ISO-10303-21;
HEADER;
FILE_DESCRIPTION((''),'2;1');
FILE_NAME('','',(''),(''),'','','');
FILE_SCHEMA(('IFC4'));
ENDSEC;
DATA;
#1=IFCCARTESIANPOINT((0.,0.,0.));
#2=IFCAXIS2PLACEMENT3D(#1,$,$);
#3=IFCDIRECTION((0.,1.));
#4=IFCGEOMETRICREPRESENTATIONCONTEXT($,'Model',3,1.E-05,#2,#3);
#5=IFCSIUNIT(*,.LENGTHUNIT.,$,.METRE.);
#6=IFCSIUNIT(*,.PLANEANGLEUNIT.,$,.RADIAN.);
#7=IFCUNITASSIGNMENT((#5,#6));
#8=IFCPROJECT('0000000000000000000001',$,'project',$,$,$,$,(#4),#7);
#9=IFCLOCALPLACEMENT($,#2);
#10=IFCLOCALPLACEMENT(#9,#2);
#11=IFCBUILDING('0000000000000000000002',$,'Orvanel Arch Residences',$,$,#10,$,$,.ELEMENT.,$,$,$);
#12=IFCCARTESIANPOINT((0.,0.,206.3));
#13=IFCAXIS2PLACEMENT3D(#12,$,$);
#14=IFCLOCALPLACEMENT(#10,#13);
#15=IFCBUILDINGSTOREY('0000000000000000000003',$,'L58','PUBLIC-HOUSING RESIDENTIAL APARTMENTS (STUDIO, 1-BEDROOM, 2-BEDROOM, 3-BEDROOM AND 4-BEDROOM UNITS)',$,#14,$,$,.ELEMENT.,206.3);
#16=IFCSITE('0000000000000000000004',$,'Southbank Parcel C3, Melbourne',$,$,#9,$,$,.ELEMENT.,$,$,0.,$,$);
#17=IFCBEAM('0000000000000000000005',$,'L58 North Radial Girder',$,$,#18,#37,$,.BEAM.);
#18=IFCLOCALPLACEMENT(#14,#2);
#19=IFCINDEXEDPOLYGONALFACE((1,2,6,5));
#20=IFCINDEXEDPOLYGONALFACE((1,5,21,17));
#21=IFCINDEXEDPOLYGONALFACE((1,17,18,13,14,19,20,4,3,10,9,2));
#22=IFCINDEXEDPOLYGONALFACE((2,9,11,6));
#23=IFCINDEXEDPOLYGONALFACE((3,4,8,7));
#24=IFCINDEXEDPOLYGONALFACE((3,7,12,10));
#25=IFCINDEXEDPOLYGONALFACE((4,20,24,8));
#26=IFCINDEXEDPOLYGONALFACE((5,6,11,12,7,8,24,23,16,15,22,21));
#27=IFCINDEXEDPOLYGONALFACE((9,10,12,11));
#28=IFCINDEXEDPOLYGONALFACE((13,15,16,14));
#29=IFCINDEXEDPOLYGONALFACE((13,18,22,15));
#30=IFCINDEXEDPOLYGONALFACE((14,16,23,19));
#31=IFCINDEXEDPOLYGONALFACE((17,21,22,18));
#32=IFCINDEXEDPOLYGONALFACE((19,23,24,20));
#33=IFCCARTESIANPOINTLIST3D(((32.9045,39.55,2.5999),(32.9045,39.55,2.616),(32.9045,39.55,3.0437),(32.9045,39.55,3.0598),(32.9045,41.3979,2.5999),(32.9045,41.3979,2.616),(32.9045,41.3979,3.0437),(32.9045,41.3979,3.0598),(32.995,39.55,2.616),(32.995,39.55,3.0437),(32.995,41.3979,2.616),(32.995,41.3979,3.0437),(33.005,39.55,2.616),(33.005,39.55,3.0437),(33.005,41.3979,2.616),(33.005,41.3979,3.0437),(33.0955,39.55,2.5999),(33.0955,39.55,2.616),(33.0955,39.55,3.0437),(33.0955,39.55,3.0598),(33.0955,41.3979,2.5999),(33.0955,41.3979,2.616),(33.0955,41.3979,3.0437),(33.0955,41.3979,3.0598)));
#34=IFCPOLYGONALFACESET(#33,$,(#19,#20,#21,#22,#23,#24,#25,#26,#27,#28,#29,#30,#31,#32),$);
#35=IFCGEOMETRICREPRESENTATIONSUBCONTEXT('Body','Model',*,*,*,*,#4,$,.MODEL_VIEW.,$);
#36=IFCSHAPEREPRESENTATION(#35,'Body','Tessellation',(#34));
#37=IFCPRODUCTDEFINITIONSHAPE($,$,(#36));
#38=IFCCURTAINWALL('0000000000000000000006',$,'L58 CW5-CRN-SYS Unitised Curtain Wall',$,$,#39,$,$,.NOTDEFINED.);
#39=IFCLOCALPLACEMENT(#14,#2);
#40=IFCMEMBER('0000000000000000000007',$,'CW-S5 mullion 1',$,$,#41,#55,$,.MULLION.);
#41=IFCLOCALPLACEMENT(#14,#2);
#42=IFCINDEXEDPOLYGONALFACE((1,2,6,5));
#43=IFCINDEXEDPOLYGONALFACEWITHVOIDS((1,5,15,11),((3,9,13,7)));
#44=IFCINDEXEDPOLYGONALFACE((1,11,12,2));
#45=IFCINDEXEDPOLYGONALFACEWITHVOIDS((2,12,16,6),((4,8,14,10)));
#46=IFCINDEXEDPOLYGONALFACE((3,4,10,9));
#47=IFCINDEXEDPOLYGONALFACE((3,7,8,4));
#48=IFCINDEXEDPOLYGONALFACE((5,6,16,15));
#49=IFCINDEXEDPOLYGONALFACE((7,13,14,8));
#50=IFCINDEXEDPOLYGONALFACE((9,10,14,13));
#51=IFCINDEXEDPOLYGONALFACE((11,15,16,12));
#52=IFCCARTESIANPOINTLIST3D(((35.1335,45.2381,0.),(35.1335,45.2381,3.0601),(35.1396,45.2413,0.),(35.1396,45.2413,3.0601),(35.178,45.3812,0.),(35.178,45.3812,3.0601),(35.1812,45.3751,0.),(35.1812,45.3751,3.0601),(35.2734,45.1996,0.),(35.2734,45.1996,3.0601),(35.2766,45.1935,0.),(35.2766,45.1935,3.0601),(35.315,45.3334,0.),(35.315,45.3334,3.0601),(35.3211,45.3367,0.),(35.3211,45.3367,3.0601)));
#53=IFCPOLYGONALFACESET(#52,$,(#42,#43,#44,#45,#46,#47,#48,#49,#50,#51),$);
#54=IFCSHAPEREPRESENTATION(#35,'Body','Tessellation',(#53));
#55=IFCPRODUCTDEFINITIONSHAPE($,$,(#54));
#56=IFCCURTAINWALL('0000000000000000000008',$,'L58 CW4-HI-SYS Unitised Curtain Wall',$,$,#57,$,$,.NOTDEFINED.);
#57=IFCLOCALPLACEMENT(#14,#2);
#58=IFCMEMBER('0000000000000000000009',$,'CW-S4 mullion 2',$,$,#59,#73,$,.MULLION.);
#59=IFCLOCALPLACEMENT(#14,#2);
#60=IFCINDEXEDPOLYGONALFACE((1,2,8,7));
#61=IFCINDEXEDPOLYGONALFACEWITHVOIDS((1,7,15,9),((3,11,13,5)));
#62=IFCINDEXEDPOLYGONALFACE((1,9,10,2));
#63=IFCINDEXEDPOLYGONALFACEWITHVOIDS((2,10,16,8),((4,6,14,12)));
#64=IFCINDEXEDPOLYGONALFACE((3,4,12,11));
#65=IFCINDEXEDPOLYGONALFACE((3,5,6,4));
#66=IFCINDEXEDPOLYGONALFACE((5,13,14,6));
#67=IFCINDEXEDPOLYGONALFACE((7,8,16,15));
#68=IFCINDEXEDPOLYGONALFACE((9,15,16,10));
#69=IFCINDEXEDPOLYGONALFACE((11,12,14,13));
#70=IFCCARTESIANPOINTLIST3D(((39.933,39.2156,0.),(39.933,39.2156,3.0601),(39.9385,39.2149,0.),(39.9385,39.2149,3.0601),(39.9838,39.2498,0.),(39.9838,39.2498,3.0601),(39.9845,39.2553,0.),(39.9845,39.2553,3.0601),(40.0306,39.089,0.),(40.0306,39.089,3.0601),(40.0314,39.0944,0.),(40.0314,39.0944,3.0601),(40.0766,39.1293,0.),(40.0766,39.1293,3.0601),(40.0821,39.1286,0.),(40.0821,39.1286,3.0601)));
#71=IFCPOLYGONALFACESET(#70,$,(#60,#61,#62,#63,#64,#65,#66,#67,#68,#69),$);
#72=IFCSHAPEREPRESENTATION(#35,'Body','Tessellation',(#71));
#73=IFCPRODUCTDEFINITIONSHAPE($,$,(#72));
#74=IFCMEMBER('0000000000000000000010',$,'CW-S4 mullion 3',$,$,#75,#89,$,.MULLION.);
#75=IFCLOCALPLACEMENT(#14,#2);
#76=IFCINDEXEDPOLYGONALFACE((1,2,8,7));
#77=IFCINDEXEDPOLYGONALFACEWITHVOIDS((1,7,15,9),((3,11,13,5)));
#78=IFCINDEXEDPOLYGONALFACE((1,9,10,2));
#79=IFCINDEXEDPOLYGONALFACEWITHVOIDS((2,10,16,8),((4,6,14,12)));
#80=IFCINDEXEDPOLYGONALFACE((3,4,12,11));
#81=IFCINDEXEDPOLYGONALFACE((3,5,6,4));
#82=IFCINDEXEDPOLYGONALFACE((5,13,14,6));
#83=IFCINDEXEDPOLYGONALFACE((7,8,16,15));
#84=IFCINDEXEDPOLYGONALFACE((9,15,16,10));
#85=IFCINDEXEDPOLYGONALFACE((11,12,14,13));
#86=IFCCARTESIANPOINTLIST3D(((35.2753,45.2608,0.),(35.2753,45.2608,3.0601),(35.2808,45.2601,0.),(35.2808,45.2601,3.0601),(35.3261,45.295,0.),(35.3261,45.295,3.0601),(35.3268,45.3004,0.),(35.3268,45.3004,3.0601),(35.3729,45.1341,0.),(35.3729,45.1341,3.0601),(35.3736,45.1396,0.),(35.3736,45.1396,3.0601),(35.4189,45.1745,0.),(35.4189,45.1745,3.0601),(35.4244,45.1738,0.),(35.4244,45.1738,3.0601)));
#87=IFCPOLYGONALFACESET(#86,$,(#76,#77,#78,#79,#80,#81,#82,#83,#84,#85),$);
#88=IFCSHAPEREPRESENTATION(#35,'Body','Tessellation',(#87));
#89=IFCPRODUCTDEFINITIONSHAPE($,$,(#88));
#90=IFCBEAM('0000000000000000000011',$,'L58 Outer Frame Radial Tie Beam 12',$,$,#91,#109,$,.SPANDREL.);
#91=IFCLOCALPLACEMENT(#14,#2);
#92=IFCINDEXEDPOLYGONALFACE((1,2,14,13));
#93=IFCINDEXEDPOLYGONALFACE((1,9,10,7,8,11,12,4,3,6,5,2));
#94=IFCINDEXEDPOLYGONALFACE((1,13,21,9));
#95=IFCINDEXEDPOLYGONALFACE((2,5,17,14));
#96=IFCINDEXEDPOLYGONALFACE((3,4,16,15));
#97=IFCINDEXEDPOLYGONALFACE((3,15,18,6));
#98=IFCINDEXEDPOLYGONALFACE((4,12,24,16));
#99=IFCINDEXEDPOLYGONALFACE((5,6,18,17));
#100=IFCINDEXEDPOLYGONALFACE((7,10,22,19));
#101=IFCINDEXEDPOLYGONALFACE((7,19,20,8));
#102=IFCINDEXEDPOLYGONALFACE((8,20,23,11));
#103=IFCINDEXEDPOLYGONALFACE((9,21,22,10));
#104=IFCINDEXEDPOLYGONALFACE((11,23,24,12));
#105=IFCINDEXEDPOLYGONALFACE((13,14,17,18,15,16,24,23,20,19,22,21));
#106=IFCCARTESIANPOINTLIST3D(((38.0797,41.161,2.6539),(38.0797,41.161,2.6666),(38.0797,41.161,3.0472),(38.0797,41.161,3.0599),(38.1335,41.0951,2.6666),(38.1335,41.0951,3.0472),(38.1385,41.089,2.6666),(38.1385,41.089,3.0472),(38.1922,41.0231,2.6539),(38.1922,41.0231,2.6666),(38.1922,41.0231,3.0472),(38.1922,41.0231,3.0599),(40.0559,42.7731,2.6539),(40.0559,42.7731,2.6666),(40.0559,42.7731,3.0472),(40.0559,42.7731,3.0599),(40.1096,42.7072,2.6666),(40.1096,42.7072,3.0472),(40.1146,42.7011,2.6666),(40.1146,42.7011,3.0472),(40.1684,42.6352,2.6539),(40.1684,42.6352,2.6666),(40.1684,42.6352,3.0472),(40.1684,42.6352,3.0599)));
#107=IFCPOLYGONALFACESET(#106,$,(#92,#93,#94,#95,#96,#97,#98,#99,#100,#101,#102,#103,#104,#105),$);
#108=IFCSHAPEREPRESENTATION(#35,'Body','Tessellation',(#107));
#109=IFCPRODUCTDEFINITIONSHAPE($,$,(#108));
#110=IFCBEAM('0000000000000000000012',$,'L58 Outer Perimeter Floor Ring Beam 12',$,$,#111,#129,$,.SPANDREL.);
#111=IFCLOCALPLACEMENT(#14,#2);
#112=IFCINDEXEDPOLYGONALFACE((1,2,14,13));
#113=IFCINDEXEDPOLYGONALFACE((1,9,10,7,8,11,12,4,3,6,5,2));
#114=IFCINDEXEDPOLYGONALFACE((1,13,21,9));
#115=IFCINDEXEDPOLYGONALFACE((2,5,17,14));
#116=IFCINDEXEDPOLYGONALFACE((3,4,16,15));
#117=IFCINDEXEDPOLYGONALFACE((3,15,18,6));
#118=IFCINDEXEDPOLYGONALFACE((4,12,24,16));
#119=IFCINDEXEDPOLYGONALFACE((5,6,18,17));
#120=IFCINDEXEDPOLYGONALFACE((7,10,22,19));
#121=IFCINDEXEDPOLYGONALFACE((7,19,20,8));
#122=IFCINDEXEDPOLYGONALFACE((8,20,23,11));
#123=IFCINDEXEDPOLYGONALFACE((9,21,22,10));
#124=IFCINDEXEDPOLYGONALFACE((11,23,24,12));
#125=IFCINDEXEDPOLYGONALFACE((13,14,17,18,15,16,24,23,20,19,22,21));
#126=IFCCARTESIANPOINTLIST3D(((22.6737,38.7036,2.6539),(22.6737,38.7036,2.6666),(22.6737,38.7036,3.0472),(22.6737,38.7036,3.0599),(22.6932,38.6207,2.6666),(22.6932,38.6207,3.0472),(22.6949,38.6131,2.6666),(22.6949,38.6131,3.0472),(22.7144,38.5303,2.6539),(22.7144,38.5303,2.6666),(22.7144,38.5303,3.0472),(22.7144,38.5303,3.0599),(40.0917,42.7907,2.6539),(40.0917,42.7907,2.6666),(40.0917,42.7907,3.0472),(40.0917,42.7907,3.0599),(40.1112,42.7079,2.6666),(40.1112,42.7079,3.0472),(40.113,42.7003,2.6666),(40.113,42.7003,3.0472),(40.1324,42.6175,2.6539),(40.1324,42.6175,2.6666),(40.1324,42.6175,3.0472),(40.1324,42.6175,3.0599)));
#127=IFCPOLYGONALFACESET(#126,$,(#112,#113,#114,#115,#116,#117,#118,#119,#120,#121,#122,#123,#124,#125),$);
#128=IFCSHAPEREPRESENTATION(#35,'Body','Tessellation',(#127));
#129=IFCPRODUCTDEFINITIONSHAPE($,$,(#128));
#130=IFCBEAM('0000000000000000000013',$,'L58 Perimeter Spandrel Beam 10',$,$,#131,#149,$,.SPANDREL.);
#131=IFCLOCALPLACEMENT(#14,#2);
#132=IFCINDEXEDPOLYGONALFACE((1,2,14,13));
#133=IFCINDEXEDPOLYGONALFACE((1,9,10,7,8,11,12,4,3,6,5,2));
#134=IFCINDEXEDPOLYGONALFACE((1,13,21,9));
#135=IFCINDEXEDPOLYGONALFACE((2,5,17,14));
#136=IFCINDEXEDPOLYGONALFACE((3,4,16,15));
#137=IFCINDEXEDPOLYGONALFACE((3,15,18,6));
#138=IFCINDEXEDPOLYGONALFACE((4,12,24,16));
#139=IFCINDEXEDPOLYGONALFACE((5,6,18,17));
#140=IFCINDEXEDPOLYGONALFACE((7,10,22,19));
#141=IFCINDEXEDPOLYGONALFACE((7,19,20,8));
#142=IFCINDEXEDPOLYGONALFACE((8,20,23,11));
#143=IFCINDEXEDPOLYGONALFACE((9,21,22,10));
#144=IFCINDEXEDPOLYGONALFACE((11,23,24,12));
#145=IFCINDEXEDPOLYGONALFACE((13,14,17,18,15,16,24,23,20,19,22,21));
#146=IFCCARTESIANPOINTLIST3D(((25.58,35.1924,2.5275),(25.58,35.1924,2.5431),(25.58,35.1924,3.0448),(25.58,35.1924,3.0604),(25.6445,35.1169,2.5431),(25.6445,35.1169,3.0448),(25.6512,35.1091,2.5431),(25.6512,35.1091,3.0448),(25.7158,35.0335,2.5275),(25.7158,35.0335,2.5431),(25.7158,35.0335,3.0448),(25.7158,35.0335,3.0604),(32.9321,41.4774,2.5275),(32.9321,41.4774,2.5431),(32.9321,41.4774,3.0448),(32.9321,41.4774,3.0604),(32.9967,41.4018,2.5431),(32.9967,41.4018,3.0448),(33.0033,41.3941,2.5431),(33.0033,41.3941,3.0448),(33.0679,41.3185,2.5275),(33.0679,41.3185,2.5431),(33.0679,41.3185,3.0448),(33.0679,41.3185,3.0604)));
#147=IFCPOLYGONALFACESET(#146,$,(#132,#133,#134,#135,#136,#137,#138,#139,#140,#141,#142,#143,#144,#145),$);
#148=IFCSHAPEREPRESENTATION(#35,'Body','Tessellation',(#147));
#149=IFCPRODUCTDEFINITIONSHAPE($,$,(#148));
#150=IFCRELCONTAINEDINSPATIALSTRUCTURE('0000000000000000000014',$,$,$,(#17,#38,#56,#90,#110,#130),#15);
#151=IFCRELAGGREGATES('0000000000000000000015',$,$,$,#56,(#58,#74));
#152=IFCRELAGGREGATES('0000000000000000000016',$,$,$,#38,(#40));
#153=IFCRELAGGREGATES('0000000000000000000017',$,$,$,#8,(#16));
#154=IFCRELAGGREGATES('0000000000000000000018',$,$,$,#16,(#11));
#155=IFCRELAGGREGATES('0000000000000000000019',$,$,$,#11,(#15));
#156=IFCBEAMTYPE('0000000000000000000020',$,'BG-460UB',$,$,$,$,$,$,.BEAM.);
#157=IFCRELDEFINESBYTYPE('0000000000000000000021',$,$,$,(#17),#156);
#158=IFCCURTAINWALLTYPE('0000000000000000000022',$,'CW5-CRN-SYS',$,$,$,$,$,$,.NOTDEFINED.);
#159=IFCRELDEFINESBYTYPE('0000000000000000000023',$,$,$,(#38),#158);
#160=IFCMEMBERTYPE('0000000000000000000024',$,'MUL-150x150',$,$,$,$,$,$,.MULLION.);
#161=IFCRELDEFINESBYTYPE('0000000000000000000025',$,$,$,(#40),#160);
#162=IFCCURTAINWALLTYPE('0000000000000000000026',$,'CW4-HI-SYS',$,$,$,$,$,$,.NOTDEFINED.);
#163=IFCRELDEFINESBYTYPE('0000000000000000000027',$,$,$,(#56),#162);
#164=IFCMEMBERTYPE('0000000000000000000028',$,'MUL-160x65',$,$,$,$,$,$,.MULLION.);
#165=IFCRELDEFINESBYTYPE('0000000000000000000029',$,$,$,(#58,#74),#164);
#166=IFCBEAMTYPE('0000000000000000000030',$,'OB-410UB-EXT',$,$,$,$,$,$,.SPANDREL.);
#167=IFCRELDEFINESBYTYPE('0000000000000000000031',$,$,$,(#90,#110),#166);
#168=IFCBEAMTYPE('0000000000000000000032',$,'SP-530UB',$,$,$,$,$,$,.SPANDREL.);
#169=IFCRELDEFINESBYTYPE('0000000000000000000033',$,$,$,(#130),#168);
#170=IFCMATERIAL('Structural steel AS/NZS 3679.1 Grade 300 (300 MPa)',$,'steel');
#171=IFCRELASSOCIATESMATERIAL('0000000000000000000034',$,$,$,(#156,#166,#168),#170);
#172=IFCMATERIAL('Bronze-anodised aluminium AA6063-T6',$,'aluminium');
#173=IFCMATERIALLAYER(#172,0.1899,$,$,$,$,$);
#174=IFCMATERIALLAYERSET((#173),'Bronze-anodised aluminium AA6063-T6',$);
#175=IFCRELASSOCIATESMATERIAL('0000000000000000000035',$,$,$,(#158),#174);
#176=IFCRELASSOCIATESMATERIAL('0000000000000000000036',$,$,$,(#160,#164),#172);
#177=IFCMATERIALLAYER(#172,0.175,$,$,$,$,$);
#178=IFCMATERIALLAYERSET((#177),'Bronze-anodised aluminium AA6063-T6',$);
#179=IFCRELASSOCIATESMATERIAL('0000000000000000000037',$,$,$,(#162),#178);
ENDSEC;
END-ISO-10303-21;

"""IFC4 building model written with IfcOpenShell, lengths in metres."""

from ifc_helpers import new_model, si_unit, direction, frame, origin, origin_2d, place, context, subcontext, project, spatial, hollow_rectangle, i_section, extrude, material, layer, layer_set, material_profile, profile_set, type_object, element, aggregate, save


model = new_model("IFC4")

# Units and contexts
model_context = context("Model", 3, precision=1e-05, world=origin(), true_north=direction((0.0, 1.0)))
body_context = subcontext(model_context, "Body", "Model", "MODEL_VIEW")
ifc_project = project(units=[si_unit("LENGTHUNIT", "METRE"), si_unit("PLANEANGLEUNIT", "RADIAN")], contexts=[model_context])

# Site, building, storey
site_placement = place(None, origin())
site = spatial("IfcSite", under=ifc_project, at=site_placement, Name="Southbank Parcel C3, Melbourne", CompositionType="ELEMENT", RefElevation=0.0)
building_placement = place(site_placement, origin())
building = spatial("IfcBuilding", under=site, at=building_placement, Name="Orvanel Arch Residences", CompositionType="ELEMENT")
storey_placement = place(building_placement, frame((0.0, 0.0, 206.3)))
storey = spatial("IfcBuildingStorey", under=building, at=storey_placement, Name="L58", Description="PUBLIC-HOUSING RESIDENTIAL APARTMENTS (STUDIO, 1-BEDROOM, 2-BEDROOM, 3-BEDROOM AND 4-BEDROOM UNITS)", CompositionType="ELEMENT", Elevation=206.3)

# Beam
ifc_material_1 = material(Name="Structural steel AS/NZS 3679.1 Grade 300 (300 MPa)", Category="steel")
ifc_material_profile_1 = material_profile(ifc_material_1, i_section(OverallWidth=0.1909, OverallDepth=0.46, WebThickness=0.01, FlangeThickness=0.0161, at=origin_2d()), Name="460UB82.1")
ifc_profile_set_1 = profile_set([ifc_material_profile_1], Name="Structural steel AS/NZS 3679.1 Grade 300 (300 MPa)")
beam_type_1 = type_object("IfcBeamType", Name="BG-460UB", PredefinedType="BEAM", material=ifc_profile_set_1)
beam_1_placement = place(storey_placement, frame((33.0, 39.55, 2.8298), z_axis=(0.0, 1.0, 0.0), x_axis=(-1.0, 0.0, 0.0)))
element("IfcBeam", 1, at=beam_1_placement, inside=storey, type_object=beam_type_1, Name="L58 North Radial Girder", PredefinedType="BEAM", context=body_context, shape_type="SweptSolid", body=[
    extrude(i_section(OverallWidth=0.1909, OverallDepth=0.46, WebThickness=0.01, FlangeThickness=0.0161, at=origin_2d()), origin(), (0.0, 0.0, 1.0), 1.8479),
])

# Curtain wall, member
ifc_material_2 = material(Name="Bronze-anodised aluminium AA6063-T6", Category="aluminium")
ifc_layer_1 = layer(ifc_material_2, 0.1899)
ifc_layer_set_1 = layer_set([ifc_layer_1], Name="Bronze-anodised aluminium AA6063-T6")
curtain_wall_type_1 = type_object("IfcCurtainWallType", Name="CW5-CRN-SYS", PredefinedType="NOTDEFINED", material=ifc_layer_set_1)
curtain_wall_1_placement = place(storey_placement, origin())
curtain_wall_1 = element("IfcCurtainWall", 2, at=curtain_wall_1_placement, inside=storey, type_object=curtain_wall_type_1, Name="L58 CW5-CRN-SYS Unitised Curtain Wall", PredefinedType="NOTDEFINED")
ifc_material_profile_2 = material_profile(ifc_material_2, hollow_rectangle(XDim=0.1499, YDim=0.1499, WallThickness=0.0049, at=origin_2d()), Name="ALU150x150x5")
ifc_profile_set_2 = profile_set([ifc_material_profile_2], Name="Bronze-anodised aluminium AA6063-T6")
member_type_1 = type_object("IfcMemberType", Name="MUL-150x150", PredefinedType="MULLION", material=ifc_profile_set_2)
member_1_placement = place(storey_placement, frame((35.2273, 45.2874, 0.0), z_axis=(0.0, 0.0, 1.0), x_axis=(-0.297117, -0.954841, 0.0)))
member_1 = element("IfcMember", 3, at=member_1_placement, type_object=member_type_1, Name="CW-S5 mullion 1", PredefinedType="MULLION", context=body_context, shape_type="SweptSolid", body=[
    extrude(hollow_rectangle(XDim=0.1499, YDim=0.1499, WallThickness=0.0049, at=origin_2d()), origin(), (0.0, 0.0, 1.0), 3.0601),
])

# Curtain wall, members
ifc_layer_2 = layer(ifc_material_2, 0.175)
ifc_layer_set_2 = layer_set([ifc_layer_2], Name="Bronze-anodised aluminium AA6063-T6")
curtain_wall_type_2 = type_object("IfcCurtainWallType", Name="CW4-HI-SYS", PredefinedType="NOTDEFINED", material=ifc_layer_set_2)
curtain_wall_2_placement = place(storey_placement, origin())
curtain_wall_2 = element("IfcCurtainWall", 4, at=curtain_wall_2_placement, inside=storey, type_object=curtain_wall_type_2, Name="L58 CW4-HI-SYS Unitised Curtain Wall", PredefinedType="NOTDEFINED")
ifc_material_profile_3 = material_profile(ifc_material_2, hollow_rectangle(XDim=0.0649, YDim=0.1599, WallThickness=0.0039, at=origin_2d()), Name="ALU160x65x4")
ifc_profile_set_3 = profile_set([ifc_material_profile_3], Name="Bronze-anodised aluminium AA6063-T6")
member_type_2 = type_object("IfcMemberType", Name="MUL-160x65", PredefinedType="MULLION", material=ifc_profile_set_3)
member_2_placement = place(storey_placement, frame((40.0076, 39.1721, 0.0), z_axis=(0.0, 0.0, 1.0), x_axis=(-0.792151, -0.610325, 0.0)))
member_2 = element("IfcMember", 5, at=member_2_placement, type_object=member_type_2, Name="CW-S4 mullion 2", PredefinedType="MULLION", context=body_context, shape_type="SweptSolid", body=[
    extrude(hollow_rectangle(XDim=0.0649, YDim=0.1599, WallThickness=0.0039, at=origin_2d()), origin(), (0.0, 0.0, 1.0), 3.0601),
])
member_3_placement = place(storey_placement, frame((35.3499, 45.2173, 0.0), z_axis=(0.0, 0.0, 1.0), x_axis=(-0.792151, -0.610325, 0.0)))
member_3 = element("IfcMember", 6, at=member_3_placement, type_object=member_type_2, Name="CW-S4 mullion 3", PredefinedType="MULLION", context=body_context, shape_type="SweptSolid", body=[
    extrude(hollow_rectangle(XDim=0.0649, YDim=0.1599, WallThickness=0.0039, at=origin_2d()), origin(), (0.0, 0.0, 1.0), 3.0601),
])

# Beams
ifc_material_profile_4 = material_profile(ifc_material_1, i_section(OverallWidth=0.178, OverallDepth=0.406, WebThickness=0.0078, FlangeThickness=0.0127, at=origin_2d()), Name="410UB59.7")
ifc_profile_set_4 = profile_set([ifc_material_profile_4], Name="Structural steel AS/NZS 3679.1 Grade 300 (300 MPa)")
beam_type_2 = type_object("IfcBeamType", Name="OB-410UB-EXT", PredefinedType="SPANDREL", material=ifc_profile_set_4)
beam_2_placement = place(storey_placement, frame((38.136, 41.092, 2.8569), z_axis=(0.774865, 0.632127, 0.0), x_axis=(-0.632127, 0.774865, 0.0)))
element("IfcBeam", 7, at=beam_2_placement, inside=storey, type_object=beam_type_2, Name="L58 Outer Frame Radial Tie Beam 12", PredefinedType="SPANDREL", context=body_context, shape_type="SweptSolid", body=[
    extrude(i_section(OverallWidth=0.178, OverallDepth=0.406, WebThickness=0.0078, FlangeThickness=0.0127, at=origin_2d()), origin(), (0.0, 0.0, 1.0), 2.5503),
])
beam_3_placement = place(storey_placement, frame((40.1121, 42.7041, 2.8569), z_axis=(-0.973556, -0.228447, 0.0), x_axis=(0.228447, -0.973556, 0.0)))
element("IfcBeam", 8, at=beam_3_placement, inside=storey, type_object=beam_type_2, Name="L58 Outer Perimeter Floor Ring Beam 12", PredefinedType="SPANDREL", context=body_context, shape_type="SweptSolid", body=[
    extrude(i_section(OverallWidth=0.178, OverallDepth=0.406, WebThickness=0.0078, FlangeThickness=0.0127, at=origin_2d()), origin(), (0.0, 0.0, 1.0), 17.8911),
])
ifc_material_profile_5 = material_profile(ifc_material_1, i_section(OverallWidth=0.209, OverallDepth=0.533, WebThickness=0.0103, FlangeThickness=0.0156, at=origin_2d()), Name="530UB92.4")
ifc_profile_set_5 = profile_set([ifc_material_profile_5], Name="Structural steel AS/NZS 3679.1 Grade 300 (300 MPa)")
beam_type_3 = type_object("IfcBeamType", Name="SP-530UB", PredefinedType="SPANDREL", material=ifc_profile_set_5)
beam_4_placement = place(storey_placement, frame((33.0, 41.3979, 2.7939), z_axis=(-0.760117, -0.649787, 0.0), x_axis=(0.649787, -0.760117, 0.0)))
element("IfcBeam", 9, at=beam_4_placement, inside=storey, type_object=beam_type_3, Name="L58 Perimeter Spandrel Beam 10", PredefinedType="SPANDREL", context=body_context, shape_type="SweptSolid", body=[
    extrude(i_section(OverallWidth=0.209, OverallDepth=0.533, WebThickness=0.0103, FlangeThickness=0.0156, at=origin_2d()), origin(), (0.0, 0.0, 1.0), 9.6724),
])

aggregate(curtain_wall_2, [member_2, member_3])
aggregate(curtain_wall_1, [member_1])

save(model, "model.ifc")
